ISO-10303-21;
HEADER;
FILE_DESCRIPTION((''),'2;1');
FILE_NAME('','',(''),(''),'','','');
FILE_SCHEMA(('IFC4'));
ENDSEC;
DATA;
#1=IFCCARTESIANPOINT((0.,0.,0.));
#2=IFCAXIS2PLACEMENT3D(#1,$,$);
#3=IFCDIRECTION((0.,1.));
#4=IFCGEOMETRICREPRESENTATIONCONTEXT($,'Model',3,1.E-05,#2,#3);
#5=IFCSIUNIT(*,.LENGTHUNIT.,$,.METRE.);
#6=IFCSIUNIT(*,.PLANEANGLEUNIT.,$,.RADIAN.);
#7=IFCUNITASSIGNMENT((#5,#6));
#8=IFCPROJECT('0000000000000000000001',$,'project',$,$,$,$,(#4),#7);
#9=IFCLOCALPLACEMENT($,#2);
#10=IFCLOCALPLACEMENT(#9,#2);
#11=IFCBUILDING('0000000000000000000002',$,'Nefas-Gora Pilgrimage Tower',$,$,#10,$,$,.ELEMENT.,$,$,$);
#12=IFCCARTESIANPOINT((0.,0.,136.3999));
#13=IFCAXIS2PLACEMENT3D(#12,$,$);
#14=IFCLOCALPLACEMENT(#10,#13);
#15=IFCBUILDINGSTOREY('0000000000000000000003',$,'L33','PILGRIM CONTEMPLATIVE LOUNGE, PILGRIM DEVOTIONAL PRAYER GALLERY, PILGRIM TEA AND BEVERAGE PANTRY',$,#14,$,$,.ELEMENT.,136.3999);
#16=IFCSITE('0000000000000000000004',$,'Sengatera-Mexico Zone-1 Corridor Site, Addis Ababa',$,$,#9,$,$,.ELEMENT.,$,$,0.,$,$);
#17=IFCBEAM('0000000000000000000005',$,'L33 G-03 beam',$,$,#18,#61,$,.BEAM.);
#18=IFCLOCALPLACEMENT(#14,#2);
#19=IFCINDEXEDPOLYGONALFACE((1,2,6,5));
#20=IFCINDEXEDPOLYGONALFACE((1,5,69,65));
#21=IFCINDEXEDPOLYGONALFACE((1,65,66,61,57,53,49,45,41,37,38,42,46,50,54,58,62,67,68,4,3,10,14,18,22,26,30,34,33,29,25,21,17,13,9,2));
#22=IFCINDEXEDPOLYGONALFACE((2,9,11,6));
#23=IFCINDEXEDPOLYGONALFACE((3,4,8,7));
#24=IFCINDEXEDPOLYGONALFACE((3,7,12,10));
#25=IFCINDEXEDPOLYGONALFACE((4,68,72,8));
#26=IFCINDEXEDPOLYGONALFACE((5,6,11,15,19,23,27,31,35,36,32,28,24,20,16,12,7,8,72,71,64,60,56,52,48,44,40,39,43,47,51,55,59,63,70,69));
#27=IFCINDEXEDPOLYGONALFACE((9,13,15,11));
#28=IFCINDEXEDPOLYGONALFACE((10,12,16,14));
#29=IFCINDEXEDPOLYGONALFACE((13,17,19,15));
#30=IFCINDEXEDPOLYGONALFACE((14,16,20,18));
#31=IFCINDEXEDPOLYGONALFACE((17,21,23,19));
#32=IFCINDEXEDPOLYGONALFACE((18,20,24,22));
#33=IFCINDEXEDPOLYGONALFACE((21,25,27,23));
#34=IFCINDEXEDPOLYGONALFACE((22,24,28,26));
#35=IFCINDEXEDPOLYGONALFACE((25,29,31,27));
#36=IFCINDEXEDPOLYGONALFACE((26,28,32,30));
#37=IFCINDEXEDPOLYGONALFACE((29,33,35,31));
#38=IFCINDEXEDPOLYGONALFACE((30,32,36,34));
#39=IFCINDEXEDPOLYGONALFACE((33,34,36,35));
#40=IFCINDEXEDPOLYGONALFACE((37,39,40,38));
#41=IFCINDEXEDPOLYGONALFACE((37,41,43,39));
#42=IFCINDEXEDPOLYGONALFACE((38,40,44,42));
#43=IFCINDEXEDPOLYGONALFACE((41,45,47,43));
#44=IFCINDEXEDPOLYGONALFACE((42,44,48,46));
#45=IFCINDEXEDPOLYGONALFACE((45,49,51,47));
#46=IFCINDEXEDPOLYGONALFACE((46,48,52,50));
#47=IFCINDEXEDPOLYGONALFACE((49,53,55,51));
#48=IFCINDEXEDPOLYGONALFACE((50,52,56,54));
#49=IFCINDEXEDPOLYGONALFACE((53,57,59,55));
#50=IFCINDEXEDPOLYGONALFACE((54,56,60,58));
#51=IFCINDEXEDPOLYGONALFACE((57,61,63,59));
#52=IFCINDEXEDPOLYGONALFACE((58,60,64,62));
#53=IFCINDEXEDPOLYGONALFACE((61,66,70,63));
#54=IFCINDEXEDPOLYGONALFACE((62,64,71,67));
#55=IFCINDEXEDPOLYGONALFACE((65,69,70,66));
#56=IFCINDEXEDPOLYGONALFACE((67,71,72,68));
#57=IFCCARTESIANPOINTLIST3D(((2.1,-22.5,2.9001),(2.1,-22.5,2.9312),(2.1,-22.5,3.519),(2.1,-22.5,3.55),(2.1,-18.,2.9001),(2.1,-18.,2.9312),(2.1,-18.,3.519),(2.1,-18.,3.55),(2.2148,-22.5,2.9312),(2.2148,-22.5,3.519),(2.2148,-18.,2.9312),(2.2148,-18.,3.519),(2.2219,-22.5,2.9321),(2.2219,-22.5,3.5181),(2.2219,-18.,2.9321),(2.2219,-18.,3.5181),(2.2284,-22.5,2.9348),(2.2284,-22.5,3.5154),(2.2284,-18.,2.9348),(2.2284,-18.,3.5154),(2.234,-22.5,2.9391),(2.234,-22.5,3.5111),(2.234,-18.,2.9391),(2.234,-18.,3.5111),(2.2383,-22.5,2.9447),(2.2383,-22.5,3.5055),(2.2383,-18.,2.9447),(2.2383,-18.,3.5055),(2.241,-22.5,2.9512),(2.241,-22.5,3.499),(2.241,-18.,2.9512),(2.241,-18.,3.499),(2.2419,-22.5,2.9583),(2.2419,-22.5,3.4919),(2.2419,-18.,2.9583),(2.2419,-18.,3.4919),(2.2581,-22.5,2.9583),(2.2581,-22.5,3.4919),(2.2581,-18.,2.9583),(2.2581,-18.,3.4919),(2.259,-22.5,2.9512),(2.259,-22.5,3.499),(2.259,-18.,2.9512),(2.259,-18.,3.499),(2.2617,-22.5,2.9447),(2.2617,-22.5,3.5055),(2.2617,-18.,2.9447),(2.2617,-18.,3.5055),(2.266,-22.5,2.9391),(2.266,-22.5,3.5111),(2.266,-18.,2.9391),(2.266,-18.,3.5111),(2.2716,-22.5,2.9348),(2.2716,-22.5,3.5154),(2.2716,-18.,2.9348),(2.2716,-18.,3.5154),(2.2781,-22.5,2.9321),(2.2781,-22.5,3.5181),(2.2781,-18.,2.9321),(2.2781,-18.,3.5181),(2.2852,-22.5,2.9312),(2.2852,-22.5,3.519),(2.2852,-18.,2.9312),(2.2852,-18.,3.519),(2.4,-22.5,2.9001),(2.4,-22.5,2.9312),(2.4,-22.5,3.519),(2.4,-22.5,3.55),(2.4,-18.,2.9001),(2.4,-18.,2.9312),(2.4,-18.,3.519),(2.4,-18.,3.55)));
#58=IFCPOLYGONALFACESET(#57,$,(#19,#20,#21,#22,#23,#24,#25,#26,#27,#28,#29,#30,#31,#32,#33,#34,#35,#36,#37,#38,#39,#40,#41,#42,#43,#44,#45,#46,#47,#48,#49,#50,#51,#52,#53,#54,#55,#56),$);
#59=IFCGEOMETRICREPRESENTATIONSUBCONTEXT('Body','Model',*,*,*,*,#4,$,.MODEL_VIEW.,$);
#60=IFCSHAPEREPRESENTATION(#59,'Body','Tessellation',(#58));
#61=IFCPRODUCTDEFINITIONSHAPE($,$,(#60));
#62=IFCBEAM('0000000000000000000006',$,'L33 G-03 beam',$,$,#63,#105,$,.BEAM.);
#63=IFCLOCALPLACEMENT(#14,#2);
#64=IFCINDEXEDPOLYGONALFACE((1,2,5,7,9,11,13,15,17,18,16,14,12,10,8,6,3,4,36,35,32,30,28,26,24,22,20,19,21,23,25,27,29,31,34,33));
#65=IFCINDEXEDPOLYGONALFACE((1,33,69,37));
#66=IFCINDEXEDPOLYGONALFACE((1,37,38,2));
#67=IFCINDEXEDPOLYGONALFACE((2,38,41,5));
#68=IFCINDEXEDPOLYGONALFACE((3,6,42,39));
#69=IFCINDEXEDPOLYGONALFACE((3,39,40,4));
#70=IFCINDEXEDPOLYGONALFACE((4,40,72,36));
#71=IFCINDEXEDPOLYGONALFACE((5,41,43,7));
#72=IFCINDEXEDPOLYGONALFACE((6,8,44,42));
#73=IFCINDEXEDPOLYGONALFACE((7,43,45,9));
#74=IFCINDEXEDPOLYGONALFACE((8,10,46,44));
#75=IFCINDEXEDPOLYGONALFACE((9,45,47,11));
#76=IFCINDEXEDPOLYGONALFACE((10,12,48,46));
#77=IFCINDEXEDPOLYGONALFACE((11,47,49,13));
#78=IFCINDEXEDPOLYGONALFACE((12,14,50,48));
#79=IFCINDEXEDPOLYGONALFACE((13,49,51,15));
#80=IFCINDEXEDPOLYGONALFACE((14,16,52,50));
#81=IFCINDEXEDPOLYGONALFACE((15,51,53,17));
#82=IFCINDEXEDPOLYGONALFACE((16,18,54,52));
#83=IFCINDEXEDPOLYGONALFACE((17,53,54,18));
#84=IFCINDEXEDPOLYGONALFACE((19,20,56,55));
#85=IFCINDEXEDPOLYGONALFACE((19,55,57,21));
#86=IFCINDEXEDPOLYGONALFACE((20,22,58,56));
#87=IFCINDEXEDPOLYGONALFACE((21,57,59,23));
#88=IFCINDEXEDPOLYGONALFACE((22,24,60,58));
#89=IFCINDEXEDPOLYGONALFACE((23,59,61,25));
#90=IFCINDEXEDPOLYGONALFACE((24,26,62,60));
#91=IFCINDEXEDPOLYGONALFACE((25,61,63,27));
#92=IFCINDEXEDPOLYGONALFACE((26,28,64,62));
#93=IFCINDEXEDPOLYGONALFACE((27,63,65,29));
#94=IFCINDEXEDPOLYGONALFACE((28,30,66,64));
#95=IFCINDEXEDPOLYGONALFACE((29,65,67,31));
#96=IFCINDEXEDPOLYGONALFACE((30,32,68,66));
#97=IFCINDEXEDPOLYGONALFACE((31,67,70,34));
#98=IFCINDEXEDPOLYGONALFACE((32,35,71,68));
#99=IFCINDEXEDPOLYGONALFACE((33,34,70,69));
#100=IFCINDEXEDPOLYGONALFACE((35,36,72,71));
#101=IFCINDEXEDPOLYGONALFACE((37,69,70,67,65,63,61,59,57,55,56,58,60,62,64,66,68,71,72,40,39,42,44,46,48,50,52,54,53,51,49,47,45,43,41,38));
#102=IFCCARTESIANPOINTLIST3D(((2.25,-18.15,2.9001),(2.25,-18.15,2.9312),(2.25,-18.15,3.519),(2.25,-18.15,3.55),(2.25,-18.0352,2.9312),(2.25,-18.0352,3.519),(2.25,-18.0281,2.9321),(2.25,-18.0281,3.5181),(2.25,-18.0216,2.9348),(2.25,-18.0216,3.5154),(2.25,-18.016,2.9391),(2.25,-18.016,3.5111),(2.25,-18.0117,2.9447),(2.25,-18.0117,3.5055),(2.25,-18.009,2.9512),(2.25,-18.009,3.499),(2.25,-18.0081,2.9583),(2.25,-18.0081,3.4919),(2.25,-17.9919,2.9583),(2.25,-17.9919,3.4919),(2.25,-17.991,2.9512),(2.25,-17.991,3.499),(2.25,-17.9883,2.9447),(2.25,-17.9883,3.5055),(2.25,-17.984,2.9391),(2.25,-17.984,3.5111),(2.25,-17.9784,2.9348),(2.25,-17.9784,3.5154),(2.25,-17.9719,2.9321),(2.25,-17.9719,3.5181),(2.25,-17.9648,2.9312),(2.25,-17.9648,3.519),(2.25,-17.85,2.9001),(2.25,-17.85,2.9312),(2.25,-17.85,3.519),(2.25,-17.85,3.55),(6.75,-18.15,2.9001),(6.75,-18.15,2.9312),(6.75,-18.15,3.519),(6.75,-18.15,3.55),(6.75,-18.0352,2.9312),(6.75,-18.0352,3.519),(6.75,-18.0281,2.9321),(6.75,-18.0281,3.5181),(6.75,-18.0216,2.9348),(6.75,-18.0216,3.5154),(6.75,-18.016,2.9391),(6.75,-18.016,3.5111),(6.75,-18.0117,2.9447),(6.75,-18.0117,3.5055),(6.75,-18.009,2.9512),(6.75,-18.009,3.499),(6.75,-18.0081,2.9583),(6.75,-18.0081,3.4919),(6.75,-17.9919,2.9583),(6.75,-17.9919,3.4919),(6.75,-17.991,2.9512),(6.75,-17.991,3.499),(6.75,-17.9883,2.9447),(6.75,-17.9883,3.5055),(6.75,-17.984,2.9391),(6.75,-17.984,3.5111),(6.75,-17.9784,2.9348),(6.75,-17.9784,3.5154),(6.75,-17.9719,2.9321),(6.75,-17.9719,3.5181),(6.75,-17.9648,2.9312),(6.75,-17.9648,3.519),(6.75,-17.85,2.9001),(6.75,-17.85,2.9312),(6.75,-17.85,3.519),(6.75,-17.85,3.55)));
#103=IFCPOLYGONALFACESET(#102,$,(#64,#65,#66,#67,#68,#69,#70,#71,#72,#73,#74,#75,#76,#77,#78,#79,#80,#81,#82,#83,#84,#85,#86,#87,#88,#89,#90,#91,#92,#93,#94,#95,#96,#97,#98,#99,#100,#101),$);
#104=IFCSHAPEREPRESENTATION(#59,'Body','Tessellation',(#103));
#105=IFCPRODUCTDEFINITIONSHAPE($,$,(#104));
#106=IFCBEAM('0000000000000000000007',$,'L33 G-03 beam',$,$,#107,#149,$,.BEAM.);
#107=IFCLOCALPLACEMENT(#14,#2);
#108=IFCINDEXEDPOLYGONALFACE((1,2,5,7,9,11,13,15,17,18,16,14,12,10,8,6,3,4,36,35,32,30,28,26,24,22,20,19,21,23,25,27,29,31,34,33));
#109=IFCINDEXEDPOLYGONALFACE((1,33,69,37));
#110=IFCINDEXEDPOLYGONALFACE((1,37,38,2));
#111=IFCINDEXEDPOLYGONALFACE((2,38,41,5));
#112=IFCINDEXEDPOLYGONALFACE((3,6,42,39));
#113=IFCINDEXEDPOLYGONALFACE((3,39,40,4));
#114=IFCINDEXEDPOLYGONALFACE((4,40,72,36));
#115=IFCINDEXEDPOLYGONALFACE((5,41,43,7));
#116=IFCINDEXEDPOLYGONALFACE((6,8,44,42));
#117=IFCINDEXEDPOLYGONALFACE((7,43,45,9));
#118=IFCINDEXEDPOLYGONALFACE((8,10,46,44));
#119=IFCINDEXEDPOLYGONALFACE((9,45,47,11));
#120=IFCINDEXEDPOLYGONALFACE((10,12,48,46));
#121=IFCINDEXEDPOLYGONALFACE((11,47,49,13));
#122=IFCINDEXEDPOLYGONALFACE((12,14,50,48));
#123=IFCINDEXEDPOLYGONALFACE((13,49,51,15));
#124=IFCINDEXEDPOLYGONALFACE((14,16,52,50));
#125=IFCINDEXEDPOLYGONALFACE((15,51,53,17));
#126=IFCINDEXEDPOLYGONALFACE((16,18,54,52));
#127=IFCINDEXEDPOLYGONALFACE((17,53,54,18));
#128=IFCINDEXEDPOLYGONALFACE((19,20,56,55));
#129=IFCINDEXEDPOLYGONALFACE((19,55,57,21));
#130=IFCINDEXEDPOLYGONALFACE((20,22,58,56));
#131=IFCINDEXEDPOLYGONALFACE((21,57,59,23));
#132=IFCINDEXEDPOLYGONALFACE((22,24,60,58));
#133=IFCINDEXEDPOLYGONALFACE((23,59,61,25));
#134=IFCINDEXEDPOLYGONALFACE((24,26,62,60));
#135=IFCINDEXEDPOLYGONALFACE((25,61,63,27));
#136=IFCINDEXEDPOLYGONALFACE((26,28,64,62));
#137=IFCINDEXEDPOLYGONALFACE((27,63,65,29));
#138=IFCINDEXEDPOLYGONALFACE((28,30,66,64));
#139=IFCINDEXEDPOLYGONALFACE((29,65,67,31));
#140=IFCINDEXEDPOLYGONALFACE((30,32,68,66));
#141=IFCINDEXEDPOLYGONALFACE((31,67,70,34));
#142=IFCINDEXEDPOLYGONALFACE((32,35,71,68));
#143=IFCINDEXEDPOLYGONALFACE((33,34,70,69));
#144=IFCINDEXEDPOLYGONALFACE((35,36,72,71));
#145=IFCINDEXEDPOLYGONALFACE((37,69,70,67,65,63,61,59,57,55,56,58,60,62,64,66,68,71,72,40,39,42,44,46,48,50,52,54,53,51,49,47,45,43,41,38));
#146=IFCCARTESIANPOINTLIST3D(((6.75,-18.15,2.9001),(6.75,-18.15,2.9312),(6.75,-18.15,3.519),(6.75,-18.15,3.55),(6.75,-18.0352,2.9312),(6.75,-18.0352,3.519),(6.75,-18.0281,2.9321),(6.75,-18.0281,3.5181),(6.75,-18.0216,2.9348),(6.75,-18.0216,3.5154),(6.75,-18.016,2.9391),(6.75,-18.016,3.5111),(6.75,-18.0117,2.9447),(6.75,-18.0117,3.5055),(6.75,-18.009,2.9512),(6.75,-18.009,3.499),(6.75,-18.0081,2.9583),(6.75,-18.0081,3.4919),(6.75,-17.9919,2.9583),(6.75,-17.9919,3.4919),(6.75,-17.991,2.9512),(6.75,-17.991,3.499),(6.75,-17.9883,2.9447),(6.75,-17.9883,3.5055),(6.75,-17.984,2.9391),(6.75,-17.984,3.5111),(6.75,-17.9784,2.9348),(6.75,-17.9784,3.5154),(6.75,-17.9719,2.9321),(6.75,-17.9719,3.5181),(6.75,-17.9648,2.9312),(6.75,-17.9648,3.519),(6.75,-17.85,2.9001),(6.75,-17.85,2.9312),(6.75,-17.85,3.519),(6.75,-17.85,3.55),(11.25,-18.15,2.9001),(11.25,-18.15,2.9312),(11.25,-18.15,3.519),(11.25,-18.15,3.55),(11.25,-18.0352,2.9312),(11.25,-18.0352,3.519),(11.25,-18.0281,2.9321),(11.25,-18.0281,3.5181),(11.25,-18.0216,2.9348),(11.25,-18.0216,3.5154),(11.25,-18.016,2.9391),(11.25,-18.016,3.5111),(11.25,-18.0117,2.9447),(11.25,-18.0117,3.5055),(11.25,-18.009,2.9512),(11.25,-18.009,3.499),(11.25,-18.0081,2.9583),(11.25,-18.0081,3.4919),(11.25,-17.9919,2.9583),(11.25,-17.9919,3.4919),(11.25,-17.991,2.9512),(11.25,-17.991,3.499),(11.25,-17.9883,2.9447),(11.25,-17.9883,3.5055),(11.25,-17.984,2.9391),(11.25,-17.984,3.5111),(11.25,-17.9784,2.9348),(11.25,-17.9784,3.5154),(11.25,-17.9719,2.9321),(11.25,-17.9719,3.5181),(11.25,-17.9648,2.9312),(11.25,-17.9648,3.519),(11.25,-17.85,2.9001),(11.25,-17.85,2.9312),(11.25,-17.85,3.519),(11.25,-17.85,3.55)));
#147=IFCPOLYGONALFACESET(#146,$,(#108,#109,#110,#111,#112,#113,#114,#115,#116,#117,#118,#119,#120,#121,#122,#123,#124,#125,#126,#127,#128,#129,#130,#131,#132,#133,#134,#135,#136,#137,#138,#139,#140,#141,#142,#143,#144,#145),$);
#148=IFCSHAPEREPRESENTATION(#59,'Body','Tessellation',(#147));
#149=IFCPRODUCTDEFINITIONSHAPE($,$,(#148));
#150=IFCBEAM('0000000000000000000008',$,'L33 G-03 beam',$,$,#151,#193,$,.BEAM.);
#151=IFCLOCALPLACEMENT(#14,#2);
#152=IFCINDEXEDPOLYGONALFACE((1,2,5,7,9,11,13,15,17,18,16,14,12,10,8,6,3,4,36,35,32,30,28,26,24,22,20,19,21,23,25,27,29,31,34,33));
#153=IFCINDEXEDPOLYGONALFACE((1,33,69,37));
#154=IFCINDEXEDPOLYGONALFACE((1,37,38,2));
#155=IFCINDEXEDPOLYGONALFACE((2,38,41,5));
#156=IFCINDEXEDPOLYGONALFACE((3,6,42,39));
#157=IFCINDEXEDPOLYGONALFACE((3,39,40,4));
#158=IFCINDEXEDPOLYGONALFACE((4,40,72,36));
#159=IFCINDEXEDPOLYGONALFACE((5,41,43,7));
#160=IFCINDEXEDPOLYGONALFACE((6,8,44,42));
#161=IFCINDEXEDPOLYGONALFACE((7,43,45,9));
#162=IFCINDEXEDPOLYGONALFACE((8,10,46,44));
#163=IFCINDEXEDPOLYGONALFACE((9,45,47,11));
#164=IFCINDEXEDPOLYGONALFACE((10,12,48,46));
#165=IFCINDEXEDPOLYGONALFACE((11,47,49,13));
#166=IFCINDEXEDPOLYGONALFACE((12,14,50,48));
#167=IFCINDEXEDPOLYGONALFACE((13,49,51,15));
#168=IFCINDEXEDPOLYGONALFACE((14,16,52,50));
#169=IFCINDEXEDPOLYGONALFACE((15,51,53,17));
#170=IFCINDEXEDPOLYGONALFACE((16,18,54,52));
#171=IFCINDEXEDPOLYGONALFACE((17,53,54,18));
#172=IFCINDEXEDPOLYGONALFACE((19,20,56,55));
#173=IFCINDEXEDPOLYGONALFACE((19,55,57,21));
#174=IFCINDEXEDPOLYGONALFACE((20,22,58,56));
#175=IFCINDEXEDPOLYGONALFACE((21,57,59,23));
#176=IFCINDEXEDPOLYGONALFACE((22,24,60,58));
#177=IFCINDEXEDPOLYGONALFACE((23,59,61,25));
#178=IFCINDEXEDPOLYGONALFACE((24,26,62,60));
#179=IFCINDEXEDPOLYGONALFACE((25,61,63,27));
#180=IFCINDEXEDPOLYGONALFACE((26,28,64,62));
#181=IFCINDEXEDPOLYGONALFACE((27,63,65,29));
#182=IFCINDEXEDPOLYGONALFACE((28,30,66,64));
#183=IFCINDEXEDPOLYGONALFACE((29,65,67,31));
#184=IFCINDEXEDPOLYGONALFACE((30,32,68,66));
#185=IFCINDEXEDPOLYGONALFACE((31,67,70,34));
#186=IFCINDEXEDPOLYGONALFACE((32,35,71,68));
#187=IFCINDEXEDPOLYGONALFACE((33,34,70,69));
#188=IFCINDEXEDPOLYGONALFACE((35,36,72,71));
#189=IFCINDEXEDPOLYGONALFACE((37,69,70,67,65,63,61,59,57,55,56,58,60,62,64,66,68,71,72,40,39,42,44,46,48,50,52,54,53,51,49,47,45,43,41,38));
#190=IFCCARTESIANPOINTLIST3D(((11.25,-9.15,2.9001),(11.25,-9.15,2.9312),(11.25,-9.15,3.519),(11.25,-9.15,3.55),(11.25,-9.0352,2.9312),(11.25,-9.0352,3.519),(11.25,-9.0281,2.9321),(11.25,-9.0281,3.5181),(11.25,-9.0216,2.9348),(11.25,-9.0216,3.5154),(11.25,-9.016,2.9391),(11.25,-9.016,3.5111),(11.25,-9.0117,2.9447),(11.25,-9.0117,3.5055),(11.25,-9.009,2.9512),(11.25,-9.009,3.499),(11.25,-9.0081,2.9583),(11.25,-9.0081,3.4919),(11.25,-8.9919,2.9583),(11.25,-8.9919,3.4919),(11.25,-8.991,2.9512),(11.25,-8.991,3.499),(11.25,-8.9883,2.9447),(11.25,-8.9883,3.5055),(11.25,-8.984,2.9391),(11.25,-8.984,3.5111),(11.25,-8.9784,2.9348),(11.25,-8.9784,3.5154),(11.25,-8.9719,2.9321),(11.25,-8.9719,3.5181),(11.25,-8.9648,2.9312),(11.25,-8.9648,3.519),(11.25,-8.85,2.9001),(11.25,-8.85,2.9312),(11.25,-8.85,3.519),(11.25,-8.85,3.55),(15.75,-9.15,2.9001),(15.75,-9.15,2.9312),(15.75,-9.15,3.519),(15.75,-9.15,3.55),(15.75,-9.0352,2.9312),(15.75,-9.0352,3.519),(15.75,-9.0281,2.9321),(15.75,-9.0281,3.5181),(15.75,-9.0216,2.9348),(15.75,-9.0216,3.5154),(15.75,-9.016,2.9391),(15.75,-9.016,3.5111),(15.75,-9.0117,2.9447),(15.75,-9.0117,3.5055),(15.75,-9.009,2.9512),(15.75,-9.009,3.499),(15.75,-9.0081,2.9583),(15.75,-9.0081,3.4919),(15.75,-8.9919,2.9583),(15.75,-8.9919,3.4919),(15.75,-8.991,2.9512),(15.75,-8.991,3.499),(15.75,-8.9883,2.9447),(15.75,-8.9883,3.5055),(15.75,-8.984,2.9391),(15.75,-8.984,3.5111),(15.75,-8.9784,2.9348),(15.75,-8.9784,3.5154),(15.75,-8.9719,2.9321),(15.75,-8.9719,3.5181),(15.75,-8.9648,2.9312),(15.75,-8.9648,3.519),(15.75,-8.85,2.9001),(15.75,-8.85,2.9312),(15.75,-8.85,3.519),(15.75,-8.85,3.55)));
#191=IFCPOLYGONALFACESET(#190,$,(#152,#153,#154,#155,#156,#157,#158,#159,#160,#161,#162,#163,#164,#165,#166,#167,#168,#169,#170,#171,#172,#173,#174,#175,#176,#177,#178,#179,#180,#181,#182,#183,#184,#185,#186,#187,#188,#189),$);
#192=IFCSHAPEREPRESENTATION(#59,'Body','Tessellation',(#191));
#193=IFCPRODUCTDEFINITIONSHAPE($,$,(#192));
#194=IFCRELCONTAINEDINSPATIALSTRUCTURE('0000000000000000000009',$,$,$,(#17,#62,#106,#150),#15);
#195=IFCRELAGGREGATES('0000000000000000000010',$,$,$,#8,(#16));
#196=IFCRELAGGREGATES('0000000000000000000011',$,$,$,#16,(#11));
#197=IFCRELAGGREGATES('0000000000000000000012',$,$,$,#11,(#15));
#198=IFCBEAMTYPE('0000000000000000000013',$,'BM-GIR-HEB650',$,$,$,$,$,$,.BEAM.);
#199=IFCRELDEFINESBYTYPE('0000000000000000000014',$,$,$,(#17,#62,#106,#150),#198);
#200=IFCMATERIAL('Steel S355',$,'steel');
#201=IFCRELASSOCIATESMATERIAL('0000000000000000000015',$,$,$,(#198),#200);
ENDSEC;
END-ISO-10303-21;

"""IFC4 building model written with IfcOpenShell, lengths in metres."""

from ifc_helpers import new_model, si_unit, direction, frame, origin, origin_2d, place, context, subcontext, project, spatial, i_section, extrude, source, transform, mapped, material, material_profile, profile_set, type_object, element, save


model = new_model("IFC4")

# Units and contexts
model_context = context("Model", 3, precision=1e-05, world=origin(), true_north=direction((0.0, 1.0)))
body_context = subcontext(model_context, "Body", "Model", "MODEL_VIEW")
ifc_project = project(units=[si_unit("LENGTHUNIT", "METRE"), si_unit("PLANEANGLEUNIT", "RADIAN")], contexts=[model_context])

# Site, building, storey
site_placement = place(None, origin())
site = spatial("IfcSite", under=ifc_project, at=site_placement, Name="Sengatera-Mexico Zone-1 Corridor Site, Addis Ababa", CompositionType="ELEMENT", RefElevation=0.0)
building_placement = place(site_placement, origin())
building = spatial("IfcBuilding", under=site, at=building_placement, Name="Nefas-Gora Pilgrimage Tower", CompositionType="ELEMENT")
storey_placement = place(building_placement, frame((0.0, 0.0, 136.3999)))
storey = spatial("IfcBuildingStorey", under=building, at=storey_placement, Name="L33", Description="PILGRIM CONTEMPLATIVE LOUNGE, PILGRIM DEVOTIONAL PRAYER GALLERY, PILGRIM TEA AND BEVERAGE PANTRY", CompositionType="ELEMENT", Elevation=136.3999)

# Beams
ifc_material_1 = material(Name="Steel S355", Category="steel")
ifc_material_profile_1 = material_profile(ifc_material_1, i_section(OverallWidth=0.3, OverallDepth=0.6499, WebThickness=0.0161, FlangeThickness=0.031, FilletRadius=0.0271, at=origin_2d()), Name="HEB 650")
ifc_profile_set_1 = profile_set([ifc_material_profile_1], Name="Steel S355")
beam_type_1 = type_object("IfcBeamType", Name="BM-GIR-HEB650", PredefinedType="BEAM", material=ifc_profile_set_1)
shared_shape_1 = source(origin(), body_context, "Body", "SweptSolid", [
    extrude(i_section(OverallWidth=0.3, OverallDepth=0.6499, WebThickness=0.0161, FlangeThickness=0.031, FilletRadius=0.0271, at=origin_2d()), origin(), (0.0, 0.0, 1.0), 4.5),
])
for number, where, z_axis, x_axis, name in (
    (1, (2.25, -22.5, 3.2251), (0.0, 1.0, 0.0), (-1.0, 0.0, 0.0), "L33 G-03 beam"),
    (2, (2.25, -18.0, 3.2251), (1.0, 0.0, 0.0), (0.0, 1.0, 0.0), "L33 G-03 beam"),
    (3, (6.75, -18.0, 3.2251), (1.0, 0.0, 0.0), (0.0, 1.0, 0.0), "L33 G-03 beam"),
    (4, (11.25, -9.0, 3.2251), (1.0, 0.0, 0.0), (0.0, 1.0, 0.0), "L33 G-03 beam"),
):
    element("IfcBeam", number, at=place(storey_placement, frame(where, z_axis=z_axis, x_axis=x_axis)), inside=storey, type_object=beam_type_1, Name=name, PredefinedType="BEAM", context=body_context, shape_type="MappedRepresentation", body=[
        mapped(shared_shape_1, transform((0.0, 0.0, 0.0), x_axis=(1.0, 0.0, 0.0), y_axis=(0.0, 1.0, 0.0), z_axis=(0.0, 0.0, 1.0), scale=1.0)),
    ])

save(model, "model.ifc")
